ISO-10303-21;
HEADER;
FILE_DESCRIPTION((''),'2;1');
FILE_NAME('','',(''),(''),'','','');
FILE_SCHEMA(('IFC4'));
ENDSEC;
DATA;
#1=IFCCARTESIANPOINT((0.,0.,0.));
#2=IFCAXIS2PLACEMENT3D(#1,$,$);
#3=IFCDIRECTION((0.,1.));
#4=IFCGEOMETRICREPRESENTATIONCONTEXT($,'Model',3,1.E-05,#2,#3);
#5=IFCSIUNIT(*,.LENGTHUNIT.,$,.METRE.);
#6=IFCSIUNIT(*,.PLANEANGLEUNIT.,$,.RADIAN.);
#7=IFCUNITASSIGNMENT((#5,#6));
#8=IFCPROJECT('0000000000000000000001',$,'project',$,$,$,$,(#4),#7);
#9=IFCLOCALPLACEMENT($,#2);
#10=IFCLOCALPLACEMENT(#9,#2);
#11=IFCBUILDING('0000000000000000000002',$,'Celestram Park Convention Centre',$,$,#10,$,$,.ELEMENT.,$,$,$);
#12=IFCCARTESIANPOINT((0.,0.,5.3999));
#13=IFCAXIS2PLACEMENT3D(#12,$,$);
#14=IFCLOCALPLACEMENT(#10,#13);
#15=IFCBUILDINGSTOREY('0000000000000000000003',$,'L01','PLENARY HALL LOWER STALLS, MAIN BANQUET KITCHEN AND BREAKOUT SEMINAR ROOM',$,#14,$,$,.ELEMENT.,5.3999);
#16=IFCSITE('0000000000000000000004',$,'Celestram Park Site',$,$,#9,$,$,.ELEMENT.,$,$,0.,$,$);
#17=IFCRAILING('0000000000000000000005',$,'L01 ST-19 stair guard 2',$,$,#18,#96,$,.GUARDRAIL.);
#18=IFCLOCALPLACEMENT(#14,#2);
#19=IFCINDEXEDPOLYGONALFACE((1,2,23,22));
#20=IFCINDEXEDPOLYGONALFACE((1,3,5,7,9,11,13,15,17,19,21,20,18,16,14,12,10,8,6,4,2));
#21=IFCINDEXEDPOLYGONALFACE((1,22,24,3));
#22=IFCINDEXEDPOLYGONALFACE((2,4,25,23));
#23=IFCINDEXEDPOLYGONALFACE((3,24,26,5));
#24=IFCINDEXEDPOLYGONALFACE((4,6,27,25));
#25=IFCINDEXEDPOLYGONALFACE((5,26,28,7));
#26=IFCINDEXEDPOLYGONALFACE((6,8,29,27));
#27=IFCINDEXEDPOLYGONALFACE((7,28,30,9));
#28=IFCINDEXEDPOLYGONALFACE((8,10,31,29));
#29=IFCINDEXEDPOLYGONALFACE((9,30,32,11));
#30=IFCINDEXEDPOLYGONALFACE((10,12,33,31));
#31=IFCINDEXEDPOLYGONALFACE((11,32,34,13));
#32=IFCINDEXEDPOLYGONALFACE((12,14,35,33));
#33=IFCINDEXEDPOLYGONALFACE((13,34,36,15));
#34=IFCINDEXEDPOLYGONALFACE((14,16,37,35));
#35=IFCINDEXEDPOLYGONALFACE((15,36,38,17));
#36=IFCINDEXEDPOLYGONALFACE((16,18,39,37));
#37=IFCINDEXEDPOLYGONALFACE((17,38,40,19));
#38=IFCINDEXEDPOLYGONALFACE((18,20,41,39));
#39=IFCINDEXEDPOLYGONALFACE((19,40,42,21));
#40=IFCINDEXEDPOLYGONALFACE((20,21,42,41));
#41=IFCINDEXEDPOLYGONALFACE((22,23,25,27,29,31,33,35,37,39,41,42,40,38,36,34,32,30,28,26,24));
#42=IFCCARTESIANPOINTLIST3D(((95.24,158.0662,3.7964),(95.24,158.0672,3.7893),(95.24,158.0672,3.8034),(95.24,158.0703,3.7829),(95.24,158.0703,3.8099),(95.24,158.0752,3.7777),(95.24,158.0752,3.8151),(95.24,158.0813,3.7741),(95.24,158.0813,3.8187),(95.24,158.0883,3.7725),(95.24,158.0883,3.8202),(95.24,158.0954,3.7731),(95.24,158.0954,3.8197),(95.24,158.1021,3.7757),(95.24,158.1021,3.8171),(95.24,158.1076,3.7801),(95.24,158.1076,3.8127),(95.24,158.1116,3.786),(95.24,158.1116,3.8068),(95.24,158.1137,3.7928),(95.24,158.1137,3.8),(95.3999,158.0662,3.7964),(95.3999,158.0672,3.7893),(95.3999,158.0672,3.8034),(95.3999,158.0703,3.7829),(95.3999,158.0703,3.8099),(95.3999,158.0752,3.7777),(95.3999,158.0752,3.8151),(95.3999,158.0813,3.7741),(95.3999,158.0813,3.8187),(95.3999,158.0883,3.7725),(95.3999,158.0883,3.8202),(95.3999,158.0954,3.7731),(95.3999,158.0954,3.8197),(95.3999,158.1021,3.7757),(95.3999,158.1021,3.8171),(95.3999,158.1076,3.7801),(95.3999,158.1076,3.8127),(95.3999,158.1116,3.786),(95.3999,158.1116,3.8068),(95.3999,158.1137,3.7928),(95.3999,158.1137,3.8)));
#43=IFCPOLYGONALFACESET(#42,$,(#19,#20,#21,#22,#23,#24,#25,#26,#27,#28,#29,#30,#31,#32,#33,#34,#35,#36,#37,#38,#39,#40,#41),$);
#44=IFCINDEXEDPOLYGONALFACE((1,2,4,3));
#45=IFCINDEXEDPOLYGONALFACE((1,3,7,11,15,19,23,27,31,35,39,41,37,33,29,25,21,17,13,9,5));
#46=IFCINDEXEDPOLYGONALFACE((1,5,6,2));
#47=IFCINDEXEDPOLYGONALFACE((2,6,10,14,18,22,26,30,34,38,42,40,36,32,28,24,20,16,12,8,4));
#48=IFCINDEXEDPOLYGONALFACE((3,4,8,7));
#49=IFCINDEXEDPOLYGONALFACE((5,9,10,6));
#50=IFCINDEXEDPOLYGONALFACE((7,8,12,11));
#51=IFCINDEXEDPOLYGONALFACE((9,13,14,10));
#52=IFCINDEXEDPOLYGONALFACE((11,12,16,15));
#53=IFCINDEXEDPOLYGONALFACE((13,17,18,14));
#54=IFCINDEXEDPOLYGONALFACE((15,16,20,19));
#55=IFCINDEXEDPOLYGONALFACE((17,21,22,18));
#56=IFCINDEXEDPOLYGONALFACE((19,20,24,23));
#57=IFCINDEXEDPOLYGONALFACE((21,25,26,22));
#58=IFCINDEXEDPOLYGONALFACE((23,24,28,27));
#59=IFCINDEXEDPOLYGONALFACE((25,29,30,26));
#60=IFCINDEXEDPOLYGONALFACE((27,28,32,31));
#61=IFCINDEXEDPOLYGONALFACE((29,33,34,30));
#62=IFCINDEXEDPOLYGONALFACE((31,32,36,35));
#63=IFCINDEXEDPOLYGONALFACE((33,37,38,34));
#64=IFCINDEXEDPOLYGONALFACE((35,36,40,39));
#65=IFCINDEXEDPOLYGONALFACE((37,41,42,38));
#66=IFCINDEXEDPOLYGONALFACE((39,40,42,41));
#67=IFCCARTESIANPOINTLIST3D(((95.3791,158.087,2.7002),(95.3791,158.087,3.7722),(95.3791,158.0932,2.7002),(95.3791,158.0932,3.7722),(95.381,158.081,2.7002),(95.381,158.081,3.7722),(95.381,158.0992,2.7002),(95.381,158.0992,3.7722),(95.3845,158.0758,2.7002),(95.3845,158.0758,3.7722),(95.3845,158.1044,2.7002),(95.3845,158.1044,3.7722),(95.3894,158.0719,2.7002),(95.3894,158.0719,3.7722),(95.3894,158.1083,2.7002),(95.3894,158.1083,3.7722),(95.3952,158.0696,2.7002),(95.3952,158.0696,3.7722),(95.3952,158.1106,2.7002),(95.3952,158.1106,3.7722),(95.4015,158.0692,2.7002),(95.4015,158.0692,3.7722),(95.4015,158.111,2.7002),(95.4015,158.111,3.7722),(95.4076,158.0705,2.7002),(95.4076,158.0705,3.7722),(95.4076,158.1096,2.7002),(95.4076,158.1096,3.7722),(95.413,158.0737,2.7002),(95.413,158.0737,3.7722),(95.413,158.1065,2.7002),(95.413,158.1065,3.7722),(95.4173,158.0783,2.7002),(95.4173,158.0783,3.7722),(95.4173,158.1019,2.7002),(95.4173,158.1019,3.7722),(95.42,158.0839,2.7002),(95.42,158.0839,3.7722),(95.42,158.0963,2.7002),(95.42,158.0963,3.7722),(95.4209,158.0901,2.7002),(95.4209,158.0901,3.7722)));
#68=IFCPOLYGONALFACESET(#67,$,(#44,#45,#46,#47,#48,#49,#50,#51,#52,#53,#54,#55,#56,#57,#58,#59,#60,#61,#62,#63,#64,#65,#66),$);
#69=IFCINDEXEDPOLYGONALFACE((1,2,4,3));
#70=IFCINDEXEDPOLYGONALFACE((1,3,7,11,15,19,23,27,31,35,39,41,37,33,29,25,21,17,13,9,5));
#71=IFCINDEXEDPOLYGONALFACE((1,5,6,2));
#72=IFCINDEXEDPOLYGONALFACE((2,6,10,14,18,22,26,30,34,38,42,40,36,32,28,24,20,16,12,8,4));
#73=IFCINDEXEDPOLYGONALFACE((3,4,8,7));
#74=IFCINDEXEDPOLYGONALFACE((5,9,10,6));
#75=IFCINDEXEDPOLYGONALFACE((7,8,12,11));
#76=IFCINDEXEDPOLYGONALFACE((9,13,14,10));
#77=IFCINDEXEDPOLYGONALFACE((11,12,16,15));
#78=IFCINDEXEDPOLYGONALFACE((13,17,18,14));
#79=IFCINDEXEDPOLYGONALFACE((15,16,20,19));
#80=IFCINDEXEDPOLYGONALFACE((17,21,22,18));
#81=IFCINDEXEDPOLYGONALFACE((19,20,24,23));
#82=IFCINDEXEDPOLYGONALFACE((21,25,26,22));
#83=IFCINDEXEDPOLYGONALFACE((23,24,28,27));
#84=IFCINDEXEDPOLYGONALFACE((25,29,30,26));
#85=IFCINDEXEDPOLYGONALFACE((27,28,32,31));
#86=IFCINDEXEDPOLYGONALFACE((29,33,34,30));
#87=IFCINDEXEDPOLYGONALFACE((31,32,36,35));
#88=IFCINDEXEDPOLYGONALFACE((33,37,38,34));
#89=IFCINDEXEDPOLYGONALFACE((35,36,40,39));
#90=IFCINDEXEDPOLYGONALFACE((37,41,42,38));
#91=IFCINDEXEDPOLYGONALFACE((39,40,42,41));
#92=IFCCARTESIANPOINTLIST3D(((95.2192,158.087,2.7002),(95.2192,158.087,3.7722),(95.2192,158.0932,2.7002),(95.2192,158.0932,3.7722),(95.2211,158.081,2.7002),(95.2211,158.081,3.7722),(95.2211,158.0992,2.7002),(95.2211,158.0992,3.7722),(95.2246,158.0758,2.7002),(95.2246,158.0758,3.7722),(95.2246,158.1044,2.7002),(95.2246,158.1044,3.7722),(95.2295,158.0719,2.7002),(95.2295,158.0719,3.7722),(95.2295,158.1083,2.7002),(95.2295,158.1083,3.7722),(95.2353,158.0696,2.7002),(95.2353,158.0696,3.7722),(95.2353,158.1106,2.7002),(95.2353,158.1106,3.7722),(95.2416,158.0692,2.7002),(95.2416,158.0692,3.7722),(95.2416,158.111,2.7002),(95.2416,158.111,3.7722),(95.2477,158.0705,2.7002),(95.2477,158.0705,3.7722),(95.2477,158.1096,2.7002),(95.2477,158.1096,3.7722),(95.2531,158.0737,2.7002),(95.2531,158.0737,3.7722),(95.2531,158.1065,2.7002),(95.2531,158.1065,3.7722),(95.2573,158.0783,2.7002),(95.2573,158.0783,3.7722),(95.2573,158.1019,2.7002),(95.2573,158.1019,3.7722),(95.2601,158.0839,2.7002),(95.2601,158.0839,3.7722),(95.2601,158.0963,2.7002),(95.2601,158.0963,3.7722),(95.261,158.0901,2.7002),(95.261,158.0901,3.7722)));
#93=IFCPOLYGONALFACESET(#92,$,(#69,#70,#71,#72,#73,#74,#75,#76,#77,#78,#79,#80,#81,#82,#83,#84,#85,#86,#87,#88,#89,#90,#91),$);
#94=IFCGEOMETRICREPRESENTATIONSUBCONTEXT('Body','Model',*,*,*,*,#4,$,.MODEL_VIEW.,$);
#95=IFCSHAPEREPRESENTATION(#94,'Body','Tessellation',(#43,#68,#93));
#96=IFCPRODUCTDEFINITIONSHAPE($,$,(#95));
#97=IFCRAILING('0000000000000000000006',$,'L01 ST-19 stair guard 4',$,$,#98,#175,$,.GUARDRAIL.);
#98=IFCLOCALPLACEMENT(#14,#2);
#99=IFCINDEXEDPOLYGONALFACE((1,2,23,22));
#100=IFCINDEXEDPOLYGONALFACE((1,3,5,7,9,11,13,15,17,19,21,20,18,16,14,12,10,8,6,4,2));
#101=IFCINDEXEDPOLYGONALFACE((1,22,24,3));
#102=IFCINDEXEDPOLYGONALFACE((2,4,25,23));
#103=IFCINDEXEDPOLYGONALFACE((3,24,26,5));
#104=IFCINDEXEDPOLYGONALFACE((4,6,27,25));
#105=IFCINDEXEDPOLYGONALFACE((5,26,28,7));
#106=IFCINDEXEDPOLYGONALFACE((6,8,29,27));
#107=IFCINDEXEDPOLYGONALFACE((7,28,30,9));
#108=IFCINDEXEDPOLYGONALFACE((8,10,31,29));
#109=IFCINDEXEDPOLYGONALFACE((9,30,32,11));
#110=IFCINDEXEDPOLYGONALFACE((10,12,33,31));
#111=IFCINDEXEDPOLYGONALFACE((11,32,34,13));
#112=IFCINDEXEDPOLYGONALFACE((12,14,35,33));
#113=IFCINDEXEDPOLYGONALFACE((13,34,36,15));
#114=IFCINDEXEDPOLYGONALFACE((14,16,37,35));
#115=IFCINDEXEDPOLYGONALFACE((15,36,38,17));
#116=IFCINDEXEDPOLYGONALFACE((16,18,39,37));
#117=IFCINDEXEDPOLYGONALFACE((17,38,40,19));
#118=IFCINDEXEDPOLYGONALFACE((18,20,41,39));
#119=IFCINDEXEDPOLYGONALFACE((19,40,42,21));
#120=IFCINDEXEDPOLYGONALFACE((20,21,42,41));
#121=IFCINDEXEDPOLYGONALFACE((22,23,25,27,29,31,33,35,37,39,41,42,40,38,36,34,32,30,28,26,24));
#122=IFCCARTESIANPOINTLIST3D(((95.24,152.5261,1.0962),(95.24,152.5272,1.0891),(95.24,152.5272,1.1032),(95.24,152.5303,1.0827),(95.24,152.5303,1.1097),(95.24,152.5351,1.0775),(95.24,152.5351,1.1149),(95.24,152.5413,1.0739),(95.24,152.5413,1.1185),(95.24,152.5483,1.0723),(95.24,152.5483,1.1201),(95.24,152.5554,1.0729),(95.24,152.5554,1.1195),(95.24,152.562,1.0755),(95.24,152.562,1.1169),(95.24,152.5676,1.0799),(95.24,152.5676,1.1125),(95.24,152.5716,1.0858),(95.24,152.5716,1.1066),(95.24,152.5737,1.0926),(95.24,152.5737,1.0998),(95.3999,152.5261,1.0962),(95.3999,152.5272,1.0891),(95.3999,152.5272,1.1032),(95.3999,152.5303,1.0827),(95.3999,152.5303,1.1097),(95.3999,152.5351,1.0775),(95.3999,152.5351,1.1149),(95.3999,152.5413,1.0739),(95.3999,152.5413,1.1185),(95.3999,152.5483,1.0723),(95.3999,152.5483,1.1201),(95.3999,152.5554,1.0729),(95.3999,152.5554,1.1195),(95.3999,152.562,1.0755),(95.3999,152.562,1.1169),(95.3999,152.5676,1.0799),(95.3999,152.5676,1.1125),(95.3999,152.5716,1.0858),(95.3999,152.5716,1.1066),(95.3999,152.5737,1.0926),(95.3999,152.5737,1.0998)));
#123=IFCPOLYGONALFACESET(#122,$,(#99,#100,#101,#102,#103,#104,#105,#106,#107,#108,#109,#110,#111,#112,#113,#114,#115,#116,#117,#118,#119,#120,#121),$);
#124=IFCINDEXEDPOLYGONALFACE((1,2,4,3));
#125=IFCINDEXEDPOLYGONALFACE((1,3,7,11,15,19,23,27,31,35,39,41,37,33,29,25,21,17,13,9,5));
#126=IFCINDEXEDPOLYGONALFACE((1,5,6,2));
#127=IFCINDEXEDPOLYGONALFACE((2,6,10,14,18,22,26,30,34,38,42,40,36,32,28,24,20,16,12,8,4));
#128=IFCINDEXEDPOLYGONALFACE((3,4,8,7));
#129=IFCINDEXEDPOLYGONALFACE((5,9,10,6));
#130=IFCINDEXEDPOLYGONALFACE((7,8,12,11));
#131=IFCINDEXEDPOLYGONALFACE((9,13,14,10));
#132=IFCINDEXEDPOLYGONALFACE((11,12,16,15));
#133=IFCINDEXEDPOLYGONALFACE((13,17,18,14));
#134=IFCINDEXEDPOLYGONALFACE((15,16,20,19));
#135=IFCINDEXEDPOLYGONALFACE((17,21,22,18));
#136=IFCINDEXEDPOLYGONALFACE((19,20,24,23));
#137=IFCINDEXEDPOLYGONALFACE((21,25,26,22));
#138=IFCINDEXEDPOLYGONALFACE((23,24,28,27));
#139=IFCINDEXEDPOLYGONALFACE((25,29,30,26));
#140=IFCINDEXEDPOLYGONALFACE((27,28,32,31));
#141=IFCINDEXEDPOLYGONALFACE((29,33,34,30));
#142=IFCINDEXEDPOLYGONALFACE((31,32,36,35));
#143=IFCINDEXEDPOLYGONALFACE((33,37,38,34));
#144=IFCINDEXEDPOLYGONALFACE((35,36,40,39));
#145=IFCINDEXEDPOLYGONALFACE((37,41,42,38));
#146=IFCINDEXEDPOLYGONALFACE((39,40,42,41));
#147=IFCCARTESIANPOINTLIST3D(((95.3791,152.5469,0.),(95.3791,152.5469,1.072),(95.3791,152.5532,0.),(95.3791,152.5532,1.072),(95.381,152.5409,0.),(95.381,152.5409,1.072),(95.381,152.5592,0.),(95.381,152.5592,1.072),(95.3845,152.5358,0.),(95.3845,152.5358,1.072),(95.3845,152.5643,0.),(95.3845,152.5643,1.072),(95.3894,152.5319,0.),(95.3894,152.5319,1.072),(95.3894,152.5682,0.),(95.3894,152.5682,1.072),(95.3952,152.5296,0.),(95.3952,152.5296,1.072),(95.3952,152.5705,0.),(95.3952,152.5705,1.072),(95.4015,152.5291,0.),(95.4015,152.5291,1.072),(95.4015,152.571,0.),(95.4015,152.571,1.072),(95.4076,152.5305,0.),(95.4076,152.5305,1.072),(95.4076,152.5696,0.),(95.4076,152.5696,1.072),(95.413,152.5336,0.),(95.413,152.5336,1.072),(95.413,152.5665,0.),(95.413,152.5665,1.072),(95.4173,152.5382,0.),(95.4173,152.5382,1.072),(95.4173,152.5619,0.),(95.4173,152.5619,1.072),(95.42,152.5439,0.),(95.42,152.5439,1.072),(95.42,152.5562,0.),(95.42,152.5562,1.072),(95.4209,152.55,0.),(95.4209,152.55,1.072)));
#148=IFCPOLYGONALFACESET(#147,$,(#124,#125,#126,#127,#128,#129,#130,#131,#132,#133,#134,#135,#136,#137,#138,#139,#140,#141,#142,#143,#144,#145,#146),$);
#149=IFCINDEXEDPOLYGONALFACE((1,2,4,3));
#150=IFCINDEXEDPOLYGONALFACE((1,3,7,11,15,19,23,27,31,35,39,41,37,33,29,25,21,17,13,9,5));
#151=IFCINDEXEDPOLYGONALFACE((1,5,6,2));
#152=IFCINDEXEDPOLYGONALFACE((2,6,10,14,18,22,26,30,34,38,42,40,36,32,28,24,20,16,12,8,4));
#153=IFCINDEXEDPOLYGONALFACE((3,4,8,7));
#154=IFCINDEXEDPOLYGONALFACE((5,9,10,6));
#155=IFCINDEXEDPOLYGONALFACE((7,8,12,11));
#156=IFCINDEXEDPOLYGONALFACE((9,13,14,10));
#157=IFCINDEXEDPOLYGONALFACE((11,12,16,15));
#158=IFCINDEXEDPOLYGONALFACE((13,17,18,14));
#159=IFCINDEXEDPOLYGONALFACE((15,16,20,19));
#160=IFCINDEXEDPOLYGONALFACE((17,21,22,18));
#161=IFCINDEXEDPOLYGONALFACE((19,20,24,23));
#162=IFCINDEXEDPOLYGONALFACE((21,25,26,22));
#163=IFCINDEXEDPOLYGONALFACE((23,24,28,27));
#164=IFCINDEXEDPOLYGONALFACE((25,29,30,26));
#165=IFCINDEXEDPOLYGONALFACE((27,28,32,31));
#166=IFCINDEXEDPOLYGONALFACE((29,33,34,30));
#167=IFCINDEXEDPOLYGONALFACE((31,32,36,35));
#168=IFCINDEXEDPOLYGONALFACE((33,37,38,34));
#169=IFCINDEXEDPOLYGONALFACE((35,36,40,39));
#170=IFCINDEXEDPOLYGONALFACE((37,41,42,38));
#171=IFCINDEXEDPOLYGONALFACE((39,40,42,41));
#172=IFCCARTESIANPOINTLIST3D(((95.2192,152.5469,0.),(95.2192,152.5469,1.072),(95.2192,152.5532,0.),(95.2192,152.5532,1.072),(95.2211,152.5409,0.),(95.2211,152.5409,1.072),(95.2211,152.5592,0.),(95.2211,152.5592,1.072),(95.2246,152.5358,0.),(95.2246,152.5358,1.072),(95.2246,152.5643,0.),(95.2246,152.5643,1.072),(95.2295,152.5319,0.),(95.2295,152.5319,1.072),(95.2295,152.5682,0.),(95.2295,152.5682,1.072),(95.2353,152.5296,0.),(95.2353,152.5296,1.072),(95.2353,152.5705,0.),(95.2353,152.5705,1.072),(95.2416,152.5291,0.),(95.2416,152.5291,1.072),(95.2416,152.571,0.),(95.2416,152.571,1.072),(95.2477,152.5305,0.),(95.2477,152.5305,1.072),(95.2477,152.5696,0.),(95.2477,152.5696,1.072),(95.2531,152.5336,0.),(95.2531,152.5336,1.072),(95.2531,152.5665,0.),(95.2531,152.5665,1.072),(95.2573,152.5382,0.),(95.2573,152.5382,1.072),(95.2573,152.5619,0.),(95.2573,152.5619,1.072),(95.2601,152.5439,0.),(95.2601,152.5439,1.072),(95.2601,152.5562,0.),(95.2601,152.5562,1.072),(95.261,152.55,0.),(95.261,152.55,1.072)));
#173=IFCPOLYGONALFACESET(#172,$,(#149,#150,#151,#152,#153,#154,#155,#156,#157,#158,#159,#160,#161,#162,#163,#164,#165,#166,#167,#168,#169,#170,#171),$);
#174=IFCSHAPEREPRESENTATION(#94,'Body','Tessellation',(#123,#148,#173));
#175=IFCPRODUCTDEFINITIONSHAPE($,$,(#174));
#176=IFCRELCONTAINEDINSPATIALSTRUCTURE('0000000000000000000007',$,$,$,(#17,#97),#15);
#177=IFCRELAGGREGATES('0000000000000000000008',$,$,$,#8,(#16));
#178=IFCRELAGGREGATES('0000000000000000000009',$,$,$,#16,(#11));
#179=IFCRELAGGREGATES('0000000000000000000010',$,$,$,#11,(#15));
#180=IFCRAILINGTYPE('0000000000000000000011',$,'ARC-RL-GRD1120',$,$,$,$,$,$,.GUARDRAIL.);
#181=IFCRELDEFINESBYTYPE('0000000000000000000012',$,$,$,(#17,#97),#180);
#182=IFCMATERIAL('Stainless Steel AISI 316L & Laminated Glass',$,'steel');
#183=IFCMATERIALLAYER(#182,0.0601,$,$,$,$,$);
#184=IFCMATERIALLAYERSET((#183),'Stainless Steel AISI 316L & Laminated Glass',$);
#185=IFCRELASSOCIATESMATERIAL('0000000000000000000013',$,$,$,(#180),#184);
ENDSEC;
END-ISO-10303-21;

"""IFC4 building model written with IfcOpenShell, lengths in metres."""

from ifc_helpers import new_model, si_unit, direction, frame, origin, origin_2d, place, context, subcontext, project, spatial, circle, extrude, material, layer, layer_set, type_object, element, save


model = new_model("IFC4")

# Units and contexts
model_context = context("Model", 3, precision=1e-05, world=origin(), true_north=direction((0.0, 1.0)))
body_context = subcontext(model_context, "Body", "Model", "MODEL_VIEW")
ifc_project = project(units=[si_unit("LENGTHUNIT", "METRE"), si_unit("PLANEANGLEUNIT", "RADIAN")], contexts=[model_context])

# Site, building, storey
site_placement = place(None, origin())
site = spatial("IfcSite", under=ifc_project, at=site_placement, Name="Celestram Park Site", CompositionType="ELEMENT", RefElevation=0.0)
building_placement = place(site_placement, origin())
building = spatial("IfcBuilding", under=site, at=building_placement, Name="Celestram Park Convention Centre", CompositionType="ELEMENT")
storey_placement = place(building_placement, frame((0.0, 0.0, 5.3999)))
storey = spatial("IfcBuildingStorey", under=building, at=storey_placement, Name="L01", Description="PLENARY HALL LOWER STALLS, MAIN BANQUET KITCHEN AND BREAKOUT SEMINAR ROOM", CompositionType="ELEMENT", Elevation=5.3999)

# Railings
ifc_material_1 = material(Name="Stainless Steel AISI 316L & Laminated Glass", Category="steel")
ifc_layer_1 = layer(ifc_material_1, 0.0601)
ifc_layer_set_1 = layer_set([ifc_layer_1], Name="Stainless Steel AISI 316L & Laminated Glass")
railing_type_1 = type_object("IfcRailingType", Name="ARC-RL-GRD1120", PredefinedType="GUARDRAIL", material=ifc_layer_set_1)
railing_1_placement = place(storey_placement, frame((95.3999, 158.0901, 2.7002)))
element("IfcRailing", 1, at=railing_1_placement, inside=storey, type_object=railing_type_1, Name="L01 ST-19 stair guard 2", PredefinedType="GUARDRAIL", context=body_context, shape_type="SweptSolid", body=[
    extrude(circle(Radius=0.0239, at=origin_2d()), frame((0.0, 0.0, 1.0962), z_axis=(-1.0, 0.0, 0.0), x_axis=(0.0, -1.0, 0.0)), (0.0, 0.0, 1.0), 0.1599),
    extrude(circle(Radius=0.021, at=origin_2d()), origin(), (0.0, 0.0, 1.0), 1.072),
    extrude(circle(Radius=0.021, at=origin_2d()), frame((-0.1599, 0.0, 0.0)), (0.0, 0.0, 1.0), 1.072),
])
railing_2_placement = place(storey_placement, frame((95.3999, 152.55, 0.0)))
element("IfcRailing", 2, at=railing_2_placement, inside=storey, type_object=railing_type_1, Name="L01 ST-19 stair guard 4", PredefinedType="GUARDRAIL", context=body_context, shape_type="SweptSolid", body=[
    extrude(circle(Radius=0.0239, at=origin_2d()), frame((0.0, 0.0, 1.0962), z_axis=(-1.0, 0.0, 0.0), x_axis=(0.0, -1.0, 0.0)), (0.0, 0.0, 1.0), 0.1599),
    extrude(circle(Radius=0.021, at=origin_2d()), origin(), (0.0, 0.0, 1.0), 1.072),
    extrude(circle(Radius=0.021, at=origin_2d()), frame((-0.1599, 0.0, 0.0)), (0.0, 0.0, 1.0), 1.072),
])

save(model, "model.ifc")
